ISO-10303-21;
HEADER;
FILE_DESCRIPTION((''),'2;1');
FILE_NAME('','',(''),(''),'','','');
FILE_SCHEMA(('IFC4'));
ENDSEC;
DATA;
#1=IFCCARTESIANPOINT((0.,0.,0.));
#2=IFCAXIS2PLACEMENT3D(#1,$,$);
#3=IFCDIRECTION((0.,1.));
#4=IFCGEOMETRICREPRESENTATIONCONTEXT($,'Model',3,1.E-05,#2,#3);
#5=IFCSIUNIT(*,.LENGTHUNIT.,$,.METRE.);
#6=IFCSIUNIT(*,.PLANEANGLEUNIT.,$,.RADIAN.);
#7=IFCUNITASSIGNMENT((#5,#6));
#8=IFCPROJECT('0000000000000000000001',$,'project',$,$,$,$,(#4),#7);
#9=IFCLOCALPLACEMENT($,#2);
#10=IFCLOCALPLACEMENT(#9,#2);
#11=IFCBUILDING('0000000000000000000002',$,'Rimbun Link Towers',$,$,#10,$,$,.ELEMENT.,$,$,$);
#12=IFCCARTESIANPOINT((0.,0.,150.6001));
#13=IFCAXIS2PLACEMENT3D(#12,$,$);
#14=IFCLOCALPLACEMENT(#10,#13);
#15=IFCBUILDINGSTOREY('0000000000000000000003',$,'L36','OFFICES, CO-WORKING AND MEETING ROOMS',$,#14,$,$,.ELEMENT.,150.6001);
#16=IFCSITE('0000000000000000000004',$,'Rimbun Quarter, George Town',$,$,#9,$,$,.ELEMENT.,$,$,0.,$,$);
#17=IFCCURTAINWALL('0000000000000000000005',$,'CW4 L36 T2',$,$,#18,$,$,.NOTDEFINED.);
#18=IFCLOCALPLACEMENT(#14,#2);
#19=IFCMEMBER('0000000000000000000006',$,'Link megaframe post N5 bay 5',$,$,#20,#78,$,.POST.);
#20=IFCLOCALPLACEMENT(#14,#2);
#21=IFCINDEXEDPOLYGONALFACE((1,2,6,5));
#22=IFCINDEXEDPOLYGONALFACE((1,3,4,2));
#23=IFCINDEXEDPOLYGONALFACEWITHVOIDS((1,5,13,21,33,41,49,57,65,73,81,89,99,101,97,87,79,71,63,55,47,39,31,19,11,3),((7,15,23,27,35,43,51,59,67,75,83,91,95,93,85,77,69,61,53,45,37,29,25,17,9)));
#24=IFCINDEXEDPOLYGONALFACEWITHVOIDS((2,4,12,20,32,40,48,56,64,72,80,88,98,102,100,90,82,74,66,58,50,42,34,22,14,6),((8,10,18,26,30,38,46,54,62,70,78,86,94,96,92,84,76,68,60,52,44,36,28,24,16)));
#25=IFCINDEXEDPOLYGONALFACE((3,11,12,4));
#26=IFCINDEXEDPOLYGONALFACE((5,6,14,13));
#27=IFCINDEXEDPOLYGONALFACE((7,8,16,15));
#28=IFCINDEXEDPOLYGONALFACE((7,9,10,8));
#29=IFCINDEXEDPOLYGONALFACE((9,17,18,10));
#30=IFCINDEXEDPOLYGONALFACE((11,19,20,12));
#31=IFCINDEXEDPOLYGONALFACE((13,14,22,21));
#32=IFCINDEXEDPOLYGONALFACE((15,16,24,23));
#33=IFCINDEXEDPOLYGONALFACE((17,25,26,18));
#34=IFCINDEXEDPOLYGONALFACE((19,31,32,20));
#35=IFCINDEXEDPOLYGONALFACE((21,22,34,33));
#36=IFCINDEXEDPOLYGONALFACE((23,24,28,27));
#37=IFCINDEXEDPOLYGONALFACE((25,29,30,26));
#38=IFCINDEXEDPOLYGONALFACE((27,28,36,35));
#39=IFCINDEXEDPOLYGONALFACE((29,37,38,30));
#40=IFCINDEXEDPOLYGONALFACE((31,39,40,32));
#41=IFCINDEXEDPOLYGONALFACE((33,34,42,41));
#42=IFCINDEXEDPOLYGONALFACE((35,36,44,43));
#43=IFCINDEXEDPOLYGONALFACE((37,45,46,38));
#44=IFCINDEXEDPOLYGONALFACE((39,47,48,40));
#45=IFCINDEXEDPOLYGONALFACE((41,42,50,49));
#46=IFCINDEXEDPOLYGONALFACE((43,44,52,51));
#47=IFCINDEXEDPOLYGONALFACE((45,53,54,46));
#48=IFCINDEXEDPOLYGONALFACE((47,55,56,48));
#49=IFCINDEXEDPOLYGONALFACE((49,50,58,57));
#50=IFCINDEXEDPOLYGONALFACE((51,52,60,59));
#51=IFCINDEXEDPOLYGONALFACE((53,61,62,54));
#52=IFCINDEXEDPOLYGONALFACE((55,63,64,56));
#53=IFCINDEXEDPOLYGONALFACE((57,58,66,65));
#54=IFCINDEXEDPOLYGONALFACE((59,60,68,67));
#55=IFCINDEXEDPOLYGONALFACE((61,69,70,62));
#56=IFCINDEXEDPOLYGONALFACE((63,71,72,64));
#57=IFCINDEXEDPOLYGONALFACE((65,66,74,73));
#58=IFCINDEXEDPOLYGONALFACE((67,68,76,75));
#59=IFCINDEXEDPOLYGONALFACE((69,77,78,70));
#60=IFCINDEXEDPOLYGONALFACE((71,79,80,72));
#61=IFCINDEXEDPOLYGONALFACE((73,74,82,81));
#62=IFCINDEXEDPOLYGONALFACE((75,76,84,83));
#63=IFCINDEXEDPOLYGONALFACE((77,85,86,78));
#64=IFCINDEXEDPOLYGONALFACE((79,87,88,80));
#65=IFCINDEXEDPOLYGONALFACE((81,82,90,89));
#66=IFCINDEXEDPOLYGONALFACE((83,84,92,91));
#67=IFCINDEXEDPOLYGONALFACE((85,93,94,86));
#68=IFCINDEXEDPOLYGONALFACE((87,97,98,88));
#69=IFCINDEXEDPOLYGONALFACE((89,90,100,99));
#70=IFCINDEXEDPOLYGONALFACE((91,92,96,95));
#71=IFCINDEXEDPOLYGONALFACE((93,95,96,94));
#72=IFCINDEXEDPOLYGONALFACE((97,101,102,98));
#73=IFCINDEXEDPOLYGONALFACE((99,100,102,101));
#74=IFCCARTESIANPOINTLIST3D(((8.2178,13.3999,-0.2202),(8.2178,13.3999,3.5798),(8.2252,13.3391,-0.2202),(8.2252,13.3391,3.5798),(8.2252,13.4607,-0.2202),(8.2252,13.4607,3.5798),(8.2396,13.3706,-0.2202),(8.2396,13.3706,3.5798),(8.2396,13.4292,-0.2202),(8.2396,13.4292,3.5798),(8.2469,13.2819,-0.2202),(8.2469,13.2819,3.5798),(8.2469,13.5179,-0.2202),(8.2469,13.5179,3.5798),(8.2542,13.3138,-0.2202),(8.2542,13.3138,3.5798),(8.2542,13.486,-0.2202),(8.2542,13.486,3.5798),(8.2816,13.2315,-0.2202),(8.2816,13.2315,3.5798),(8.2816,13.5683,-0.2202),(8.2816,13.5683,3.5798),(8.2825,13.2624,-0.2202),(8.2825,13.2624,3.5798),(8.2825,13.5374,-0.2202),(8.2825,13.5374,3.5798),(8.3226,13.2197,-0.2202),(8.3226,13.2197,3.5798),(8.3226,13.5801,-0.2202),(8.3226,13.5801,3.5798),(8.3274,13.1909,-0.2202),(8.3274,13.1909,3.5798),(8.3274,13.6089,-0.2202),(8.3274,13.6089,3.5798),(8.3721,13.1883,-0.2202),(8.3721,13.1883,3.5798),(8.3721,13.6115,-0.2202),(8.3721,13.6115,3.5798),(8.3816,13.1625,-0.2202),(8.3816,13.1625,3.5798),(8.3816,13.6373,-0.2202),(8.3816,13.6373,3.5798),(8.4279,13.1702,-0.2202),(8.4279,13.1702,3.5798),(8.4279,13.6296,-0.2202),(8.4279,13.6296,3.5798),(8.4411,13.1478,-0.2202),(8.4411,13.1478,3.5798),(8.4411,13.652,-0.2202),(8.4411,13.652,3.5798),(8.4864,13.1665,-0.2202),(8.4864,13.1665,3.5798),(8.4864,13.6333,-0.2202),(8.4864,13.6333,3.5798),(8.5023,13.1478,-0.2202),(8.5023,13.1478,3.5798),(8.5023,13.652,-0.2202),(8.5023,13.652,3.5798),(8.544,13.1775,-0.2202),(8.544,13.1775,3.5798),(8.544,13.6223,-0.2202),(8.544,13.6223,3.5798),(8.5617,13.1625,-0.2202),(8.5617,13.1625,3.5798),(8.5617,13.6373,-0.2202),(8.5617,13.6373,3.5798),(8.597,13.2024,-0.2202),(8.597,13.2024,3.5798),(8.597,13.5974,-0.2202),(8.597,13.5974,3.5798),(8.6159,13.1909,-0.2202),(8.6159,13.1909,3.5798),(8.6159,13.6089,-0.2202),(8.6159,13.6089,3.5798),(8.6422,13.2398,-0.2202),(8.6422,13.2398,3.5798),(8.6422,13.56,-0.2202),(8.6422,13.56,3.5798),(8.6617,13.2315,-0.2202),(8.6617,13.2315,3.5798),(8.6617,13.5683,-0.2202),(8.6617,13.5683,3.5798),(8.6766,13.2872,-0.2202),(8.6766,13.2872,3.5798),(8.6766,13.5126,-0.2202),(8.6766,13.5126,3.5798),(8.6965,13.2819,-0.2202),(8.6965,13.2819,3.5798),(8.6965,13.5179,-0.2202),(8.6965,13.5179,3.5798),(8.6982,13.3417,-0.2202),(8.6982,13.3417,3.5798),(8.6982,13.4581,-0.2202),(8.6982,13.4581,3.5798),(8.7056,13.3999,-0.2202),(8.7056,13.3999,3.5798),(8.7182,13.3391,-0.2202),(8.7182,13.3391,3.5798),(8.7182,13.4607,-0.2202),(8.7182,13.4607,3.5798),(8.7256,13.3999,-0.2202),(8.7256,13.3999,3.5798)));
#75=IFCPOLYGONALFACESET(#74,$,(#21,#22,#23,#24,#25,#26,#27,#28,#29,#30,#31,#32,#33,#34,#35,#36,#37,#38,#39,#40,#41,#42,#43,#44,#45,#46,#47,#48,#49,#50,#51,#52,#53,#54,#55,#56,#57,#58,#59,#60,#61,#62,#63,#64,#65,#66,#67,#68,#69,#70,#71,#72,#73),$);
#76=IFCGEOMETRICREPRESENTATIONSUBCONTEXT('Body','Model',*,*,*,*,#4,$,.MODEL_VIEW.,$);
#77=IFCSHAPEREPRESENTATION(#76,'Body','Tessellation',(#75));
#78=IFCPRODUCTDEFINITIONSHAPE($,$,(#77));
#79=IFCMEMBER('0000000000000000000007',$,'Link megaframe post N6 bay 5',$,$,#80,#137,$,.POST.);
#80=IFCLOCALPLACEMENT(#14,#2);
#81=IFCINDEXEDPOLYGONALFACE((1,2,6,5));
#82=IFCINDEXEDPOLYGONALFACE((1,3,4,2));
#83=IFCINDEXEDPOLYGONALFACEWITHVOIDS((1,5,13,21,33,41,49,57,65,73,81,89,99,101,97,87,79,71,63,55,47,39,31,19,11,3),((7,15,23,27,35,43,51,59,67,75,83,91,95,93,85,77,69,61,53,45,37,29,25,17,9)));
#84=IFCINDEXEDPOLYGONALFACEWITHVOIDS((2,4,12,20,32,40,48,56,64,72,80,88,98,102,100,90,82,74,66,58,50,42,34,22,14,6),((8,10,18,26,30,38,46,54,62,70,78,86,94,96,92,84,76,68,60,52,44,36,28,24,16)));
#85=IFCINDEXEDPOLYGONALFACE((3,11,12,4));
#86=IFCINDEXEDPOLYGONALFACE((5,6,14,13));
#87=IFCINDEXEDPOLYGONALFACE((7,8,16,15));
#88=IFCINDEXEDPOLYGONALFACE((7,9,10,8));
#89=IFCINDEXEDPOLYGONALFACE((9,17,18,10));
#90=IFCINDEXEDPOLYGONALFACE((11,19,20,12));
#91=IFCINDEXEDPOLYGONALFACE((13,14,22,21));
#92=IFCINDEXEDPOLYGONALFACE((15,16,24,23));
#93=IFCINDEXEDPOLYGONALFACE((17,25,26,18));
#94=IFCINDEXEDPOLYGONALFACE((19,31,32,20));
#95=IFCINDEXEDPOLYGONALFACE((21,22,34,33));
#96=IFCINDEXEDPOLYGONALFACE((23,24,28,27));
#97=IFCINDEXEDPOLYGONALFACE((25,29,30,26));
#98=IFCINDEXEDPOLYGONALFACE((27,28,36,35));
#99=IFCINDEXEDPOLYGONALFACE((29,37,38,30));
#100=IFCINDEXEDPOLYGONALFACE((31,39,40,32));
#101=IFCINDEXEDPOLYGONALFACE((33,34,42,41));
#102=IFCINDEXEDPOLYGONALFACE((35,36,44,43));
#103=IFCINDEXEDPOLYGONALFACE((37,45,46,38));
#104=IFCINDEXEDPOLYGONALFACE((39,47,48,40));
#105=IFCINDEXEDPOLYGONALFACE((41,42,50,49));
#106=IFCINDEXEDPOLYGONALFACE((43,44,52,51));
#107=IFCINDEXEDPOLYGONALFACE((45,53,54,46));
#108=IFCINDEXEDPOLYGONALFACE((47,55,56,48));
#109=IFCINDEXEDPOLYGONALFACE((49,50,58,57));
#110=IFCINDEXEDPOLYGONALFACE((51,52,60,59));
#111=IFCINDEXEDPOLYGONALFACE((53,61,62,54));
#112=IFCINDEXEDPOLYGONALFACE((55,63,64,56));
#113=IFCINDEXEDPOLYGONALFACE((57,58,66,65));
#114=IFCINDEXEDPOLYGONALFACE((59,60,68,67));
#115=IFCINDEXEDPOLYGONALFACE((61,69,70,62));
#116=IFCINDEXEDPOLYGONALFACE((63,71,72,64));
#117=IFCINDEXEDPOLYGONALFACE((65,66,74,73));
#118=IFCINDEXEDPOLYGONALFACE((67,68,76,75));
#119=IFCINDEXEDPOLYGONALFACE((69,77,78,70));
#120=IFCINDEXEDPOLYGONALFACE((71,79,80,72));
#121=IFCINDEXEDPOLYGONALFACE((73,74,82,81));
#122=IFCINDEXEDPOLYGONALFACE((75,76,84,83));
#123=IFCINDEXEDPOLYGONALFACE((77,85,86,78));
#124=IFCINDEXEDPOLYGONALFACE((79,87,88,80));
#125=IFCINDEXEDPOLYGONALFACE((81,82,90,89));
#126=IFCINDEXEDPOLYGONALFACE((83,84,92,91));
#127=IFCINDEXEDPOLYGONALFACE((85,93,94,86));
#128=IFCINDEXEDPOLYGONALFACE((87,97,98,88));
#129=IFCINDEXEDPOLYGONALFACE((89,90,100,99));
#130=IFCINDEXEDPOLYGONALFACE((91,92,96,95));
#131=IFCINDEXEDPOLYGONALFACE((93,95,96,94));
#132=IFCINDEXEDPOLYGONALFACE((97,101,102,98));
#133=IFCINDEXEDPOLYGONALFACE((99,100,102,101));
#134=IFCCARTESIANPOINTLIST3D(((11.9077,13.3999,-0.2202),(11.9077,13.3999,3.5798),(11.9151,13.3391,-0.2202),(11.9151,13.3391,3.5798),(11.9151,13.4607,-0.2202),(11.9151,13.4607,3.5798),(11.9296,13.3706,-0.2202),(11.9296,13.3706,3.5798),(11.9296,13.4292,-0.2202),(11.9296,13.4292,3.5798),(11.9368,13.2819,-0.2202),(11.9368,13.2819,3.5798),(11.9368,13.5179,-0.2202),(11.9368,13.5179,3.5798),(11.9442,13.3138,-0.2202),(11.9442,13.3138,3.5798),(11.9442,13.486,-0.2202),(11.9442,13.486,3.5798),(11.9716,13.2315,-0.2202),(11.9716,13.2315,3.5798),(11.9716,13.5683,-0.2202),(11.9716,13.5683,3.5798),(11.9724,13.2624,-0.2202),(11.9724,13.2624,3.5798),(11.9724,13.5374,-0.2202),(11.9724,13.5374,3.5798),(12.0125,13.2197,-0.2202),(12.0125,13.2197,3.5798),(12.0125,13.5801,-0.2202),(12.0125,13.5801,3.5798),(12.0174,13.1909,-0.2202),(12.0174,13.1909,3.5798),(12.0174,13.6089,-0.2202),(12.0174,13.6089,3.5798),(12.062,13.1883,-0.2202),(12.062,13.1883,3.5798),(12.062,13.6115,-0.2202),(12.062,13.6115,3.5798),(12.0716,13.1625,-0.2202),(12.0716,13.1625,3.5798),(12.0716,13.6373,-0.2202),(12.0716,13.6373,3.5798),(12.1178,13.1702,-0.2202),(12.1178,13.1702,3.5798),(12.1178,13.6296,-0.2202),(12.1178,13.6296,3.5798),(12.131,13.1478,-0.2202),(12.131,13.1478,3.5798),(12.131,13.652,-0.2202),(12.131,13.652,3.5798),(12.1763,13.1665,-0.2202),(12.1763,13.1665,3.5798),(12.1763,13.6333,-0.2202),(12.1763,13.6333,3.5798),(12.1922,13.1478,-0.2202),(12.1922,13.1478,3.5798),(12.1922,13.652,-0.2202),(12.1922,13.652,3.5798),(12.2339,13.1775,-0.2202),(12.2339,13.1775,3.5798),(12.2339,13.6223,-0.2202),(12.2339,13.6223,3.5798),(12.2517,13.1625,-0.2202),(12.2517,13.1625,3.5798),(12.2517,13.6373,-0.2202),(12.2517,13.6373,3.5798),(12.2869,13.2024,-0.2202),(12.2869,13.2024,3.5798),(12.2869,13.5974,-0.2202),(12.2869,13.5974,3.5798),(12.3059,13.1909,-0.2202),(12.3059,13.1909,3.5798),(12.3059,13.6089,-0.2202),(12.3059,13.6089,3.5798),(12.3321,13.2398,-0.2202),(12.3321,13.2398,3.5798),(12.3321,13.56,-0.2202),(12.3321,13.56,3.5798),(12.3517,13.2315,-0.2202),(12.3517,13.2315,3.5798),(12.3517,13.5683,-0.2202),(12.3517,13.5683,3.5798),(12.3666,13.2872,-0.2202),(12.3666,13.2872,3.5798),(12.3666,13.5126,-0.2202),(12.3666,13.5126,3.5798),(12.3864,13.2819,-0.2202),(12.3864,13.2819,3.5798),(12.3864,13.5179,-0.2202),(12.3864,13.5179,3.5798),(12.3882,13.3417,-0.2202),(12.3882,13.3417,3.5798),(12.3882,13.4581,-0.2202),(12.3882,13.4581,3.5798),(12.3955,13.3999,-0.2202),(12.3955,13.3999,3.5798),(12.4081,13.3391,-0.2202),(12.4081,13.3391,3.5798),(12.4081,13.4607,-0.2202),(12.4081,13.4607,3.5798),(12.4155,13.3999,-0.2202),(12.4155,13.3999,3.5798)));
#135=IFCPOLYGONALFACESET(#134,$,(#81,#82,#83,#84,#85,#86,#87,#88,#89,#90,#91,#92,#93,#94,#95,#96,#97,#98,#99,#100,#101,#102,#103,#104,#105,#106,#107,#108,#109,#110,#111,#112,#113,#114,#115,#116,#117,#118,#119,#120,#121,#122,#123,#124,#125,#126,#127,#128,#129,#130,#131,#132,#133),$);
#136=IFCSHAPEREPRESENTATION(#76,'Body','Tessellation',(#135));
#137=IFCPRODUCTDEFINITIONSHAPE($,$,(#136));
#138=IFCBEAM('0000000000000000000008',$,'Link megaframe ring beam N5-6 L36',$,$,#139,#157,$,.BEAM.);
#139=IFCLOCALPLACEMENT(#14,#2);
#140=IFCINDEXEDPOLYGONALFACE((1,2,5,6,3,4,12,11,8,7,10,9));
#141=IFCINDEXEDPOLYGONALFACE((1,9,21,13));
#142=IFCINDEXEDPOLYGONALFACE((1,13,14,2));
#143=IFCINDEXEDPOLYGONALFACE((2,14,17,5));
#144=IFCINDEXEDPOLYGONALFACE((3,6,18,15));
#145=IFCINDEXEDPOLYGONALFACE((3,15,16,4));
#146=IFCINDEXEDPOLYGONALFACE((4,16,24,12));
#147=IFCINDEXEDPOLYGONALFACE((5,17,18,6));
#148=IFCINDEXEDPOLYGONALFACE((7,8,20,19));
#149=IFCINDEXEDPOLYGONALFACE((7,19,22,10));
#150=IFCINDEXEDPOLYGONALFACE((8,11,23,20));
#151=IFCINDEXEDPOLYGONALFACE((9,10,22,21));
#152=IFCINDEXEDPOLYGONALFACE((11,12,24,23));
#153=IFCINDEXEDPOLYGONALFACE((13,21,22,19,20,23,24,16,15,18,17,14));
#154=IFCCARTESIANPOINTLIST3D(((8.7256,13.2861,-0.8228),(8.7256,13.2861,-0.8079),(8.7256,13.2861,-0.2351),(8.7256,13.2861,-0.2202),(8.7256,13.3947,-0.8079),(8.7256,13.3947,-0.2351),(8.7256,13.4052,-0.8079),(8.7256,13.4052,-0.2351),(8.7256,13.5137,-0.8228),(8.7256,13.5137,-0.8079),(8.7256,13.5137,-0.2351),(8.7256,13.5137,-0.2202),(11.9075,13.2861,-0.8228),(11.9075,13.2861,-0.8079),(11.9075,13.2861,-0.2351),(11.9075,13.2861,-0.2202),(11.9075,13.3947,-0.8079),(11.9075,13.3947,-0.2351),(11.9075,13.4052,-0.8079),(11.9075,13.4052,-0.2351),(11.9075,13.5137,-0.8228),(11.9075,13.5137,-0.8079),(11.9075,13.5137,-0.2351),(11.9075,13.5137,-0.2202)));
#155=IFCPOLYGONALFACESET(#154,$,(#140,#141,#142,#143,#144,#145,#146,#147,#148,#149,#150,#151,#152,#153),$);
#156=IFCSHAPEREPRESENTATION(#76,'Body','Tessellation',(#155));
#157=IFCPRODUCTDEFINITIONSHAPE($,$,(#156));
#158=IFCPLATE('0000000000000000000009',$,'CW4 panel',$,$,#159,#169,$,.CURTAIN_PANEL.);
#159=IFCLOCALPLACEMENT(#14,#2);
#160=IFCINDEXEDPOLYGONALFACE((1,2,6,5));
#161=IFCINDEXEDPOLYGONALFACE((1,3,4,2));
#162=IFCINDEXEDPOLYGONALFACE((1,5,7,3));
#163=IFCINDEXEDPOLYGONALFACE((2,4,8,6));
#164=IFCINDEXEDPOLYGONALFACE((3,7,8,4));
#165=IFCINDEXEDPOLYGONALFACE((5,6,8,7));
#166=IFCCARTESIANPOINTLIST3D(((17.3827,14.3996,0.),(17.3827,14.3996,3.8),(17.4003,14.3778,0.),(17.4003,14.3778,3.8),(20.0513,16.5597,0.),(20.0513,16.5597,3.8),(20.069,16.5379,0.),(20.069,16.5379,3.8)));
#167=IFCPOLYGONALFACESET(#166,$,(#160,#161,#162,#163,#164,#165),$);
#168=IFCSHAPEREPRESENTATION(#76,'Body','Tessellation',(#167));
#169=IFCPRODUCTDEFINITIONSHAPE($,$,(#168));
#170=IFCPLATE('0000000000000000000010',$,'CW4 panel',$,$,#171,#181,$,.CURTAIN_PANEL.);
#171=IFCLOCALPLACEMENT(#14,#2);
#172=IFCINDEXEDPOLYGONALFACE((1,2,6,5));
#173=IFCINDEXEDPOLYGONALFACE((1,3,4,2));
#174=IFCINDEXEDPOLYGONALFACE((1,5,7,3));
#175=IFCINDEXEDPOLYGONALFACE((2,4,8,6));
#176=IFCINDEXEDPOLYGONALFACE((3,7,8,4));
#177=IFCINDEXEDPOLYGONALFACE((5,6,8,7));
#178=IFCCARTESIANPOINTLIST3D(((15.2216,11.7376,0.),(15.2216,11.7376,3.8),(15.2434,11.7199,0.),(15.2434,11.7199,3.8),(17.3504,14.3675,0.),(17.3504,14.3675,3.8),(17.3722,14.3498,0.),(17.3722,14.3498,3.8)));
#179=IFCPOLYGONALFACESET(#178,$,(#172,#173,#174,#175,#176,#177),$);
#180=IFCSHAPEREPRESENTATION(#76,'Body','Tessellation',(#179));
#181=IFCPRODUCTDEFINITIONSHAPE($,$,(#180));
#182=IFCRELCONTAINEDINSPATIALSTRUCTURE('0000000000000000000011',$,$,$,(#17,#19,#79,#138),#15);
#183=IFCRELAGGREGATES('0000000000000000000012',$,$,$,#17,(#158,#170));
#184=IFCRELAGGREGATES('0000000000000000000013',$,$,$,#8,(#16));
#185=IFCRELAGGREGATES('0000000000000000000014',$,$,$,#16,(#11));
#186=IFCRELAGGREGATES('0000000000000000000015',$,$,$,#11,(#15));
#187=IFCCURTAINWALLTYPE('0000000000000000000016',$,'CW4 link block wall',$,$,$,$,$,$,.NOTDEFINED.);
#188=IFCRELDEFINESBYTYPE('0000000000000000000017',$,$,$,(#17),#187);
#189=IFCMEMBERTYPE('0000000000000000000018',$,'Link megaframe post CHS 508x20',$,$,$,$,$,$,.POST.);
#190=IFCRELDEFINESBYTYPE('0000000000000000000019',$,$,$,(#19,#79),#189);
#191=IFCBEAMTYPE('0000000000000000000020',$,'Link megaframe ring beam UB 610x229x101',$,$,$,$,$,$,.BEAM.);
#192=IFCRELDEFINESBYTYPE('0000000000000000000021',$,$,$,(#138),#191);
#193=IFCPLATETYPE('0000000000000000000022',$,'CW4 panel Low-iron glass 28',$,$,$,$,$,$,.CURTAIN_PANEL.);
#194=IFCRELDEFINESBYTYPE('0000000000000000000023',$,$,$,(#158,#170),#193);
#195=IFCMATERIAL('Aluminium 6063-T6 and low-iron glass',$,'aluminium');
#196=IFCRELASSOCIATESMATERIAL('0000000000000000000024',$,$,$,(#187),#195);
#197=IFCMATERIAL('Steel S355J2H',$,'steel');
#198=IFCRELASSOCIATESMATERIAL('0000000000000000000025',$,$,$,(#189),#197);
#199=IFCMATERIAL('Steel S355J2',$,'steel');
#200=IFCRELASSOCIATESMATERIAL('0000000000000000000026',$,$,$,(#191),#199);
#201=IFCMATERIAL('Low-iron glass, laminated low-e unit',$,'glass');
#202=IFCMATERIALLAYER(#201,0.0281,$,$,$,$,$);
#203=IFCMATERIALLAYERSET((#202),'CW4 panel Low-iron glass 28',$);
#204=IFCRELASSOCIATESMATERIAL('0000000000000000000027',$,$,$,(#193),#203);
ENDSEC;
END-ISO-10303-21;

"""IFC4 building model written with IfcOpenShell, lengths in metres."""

from ifc_helpers import new_model, si_unit, direction, frame, origin, origin_2d, place, context, subcontext, project, spatial, rectangle, hollow_circle, i_section, extrude, material, layer, layer_set, material_profile, profile_set, type_object, element, aggregate, save


model = new_model("IFC4")

# Units and contexts
model_context = context("Model", 3, precision=1e-05, world=origin(), true_north=direction((0.0, 1.0)))
body_context = subcontext(model_context, "Body", "Model", "MODEL_VIEW")
ifc_project = project(units=[si_unit("LENGTHUNIT", "METRE"), si_unit("PLANEANGLEUNIT", "RADIAN")], contexts=[model_context])

# Site, building, storey
site_placement = place(None, origin())
site = spatial("IfcSite", under=ifc_project, at=site_placement, Name="Rimbun Quarter, George Town", CompositionType="ELEMENT", RefElevation=0.0)
building_placement = place(site_placement, origin())
building = spatial("IfcBuilding", under=site, at=building_placement, Name="Rimbun Link Towers", CompositionType="ELEMENT")
storey_placement = place(building_placement, frame((0.0, 0.0, 150.6001)))
storey = spatial("IfcBuildingStorey", under=building, at=storey_placement, Name="L36", Description="OFFICES, CO-WORKING AND MEETING ROOMS", CompositionType="ELEMENT", Elevation=150.6001)

# Curtain wall
ifc_material_1 = material(Name="Aluminium 6063-T6 and low-iron glass", Category="aluminium")
curtain_wall_type = type_object("IfcCurtainWallType", Name="CW4 link block wall", PredefinedType="NOTDEFINED", material=ifc_material_1)
curtain_wall_placement = place(storey_placement, origin())
curtain_wall = element("IfcCurtainWall", 1, at=curtain_wall_placement, inside=storey, type_object=curtain_wall_type, Name="CW4 L36 T2", PredefinedType="NOTDEFINED")

# Members
ifc_material_2 = material(Name="Steel S355J2H", Category="steel")
ifc_material_profile_1 = material_profile(ifc_material_2, hollow_circle(Radius=0.2539, WallThickness=0.02, at=origin_2d()), Name="CHS 508x20")
ifc_profile_set_1 = profile_set([ifc_material_profile_1], Name="Steel S355J2H")
member_type_1 = type_object("IfcMemberType", Name="Link megaframe post CHS 508x20", PredefinedType="POST", material=ifc_profile_set_1)
for number, where, z_axis, x_axis, name in (
    (2, (8.4717, 13.3999, -0.2202), (0.0, 0.0, 1.0), (1.0, 0.0, 0.0), "Link megaframe post N5 bay 5"),
    (3, (12.1616, 13.3999, -0.2202), (0.0, 0.0, 1.0), (1.0, 0.0, 0.0), "Link megaframe post N6 bay 5"),
):
    element("IfcMember", number, at=place(storey_placement, frame(where, z_axis=z_axis, x_axis=x_axis)), inside=storey, type_object=member_type_1, Name=name, PredefinedType="POST", context=body_context, shape_type="SweptSolid", body=[
        extrude(hollow_circle(Radius=0.2539, WallThickness=0.02, at=origin_2d()), origin(), (0.0, 0.0, 1.0), 3.8),
    ])

# Beam
ifc_material_3 = material(Name="Steel S355J2", Category="steel")
ifc_material_profile_2 = material_profile(ifc_material_3, i_section(OverallWidth=0.2275, OverallDepth=0.6025, WebThickness=0.0105, FlangeThickness=0.0149, at=origin_2d()), Name="UB 610x229x101")
ifc_profile_set_2 = profile_set([ifc_material_profile_2], Name="Steel S355J2")
beam_type = type_object("IfcBeamType", Name="Link megaframe ring beam UB 610x229x101", PredefinedType="BEAM", material=ifc_profile_set_2)
beam_placement = place(storey_placement, frame((8.7256, 13.3999, -0.5215), z_axis=(1.0, 0.0, 0.0), x_axis=(0.0, 1.0, 0.0)))
element("IfcBeam", 4, at=beam_placement, inside=storey, type_object=beam_type, Name="Link megaframe ring beam N5-6 L36", PredefinedType="BEAM", context=body_context, shape_type="SweptSolid", body=[
    extrude(i_section(OverallWidth=0.2275, OverallDepth=0.6025, WebThickness=0.0105, FlangeThickness=0.0149, at=origin_2d()), origin(), (0.0, 0.0, 1.0), 3.1819),
])

# Plates
ifc_material_4 = material(Name="Low-iron glass, laminated low-e unit", Category="glass")
ifc_layer_1 = layer(ifc_material_4, 0.0281)
ifc_layer_set_1 = layer_set([ifc_layer_1], Name="CW4 panel Low-iron glass 28")
plate_type = type_object("IfcPlateType", Name="CW4 panel Low-iron glass 28", PredefinedType="CURTAIN_PANEL", material=ifc_layer_set_1)
plate_1_placement = place(storey_placement, frame((18.7258, 15.4688, 0.0), z_axis=(0.0, 0.0, 1.0), x_axis=(0.777277, 0.629159, 0.0)))
plate_1 = element("IfcPlate", 5, at=plate_1_placement, type_object=plate_type, Name="CW4 panel", PredefinedType="CURTAIN_PANEL", context=body_context, shape_type="SweptSolid", body=[
    extrude(rectangle(XDim=3.4333, YDim=0.0281, at=origin_2d()), origin(), (0.0, 0.0, 1.0), 3.8),
])
plate_2_placement = place(storey_placement, frame((16.2969, 13.0437, 0.0), z_axis=(0.0, 0.0, 1.0), x_axis=(0.629159, 0.777277, 0.0)))
plate_2 = element("IfcPlate", 6, at=plate_2_placement, type_object=plate_type, Name="CW4 panel", PredefinedType="CURTAIN_PANEL", context=body_context, shape_type="SweptSolid", body=[
    extrude(rectangle(XDim=3.3835, YDim=0.0281, at=origin_2d()), origin(), (0.0, 0.0, 1.0), 3.8),
])
aggregate(curtain_wall, [plate_1, plate_2])

save(model, "model.ifc")
